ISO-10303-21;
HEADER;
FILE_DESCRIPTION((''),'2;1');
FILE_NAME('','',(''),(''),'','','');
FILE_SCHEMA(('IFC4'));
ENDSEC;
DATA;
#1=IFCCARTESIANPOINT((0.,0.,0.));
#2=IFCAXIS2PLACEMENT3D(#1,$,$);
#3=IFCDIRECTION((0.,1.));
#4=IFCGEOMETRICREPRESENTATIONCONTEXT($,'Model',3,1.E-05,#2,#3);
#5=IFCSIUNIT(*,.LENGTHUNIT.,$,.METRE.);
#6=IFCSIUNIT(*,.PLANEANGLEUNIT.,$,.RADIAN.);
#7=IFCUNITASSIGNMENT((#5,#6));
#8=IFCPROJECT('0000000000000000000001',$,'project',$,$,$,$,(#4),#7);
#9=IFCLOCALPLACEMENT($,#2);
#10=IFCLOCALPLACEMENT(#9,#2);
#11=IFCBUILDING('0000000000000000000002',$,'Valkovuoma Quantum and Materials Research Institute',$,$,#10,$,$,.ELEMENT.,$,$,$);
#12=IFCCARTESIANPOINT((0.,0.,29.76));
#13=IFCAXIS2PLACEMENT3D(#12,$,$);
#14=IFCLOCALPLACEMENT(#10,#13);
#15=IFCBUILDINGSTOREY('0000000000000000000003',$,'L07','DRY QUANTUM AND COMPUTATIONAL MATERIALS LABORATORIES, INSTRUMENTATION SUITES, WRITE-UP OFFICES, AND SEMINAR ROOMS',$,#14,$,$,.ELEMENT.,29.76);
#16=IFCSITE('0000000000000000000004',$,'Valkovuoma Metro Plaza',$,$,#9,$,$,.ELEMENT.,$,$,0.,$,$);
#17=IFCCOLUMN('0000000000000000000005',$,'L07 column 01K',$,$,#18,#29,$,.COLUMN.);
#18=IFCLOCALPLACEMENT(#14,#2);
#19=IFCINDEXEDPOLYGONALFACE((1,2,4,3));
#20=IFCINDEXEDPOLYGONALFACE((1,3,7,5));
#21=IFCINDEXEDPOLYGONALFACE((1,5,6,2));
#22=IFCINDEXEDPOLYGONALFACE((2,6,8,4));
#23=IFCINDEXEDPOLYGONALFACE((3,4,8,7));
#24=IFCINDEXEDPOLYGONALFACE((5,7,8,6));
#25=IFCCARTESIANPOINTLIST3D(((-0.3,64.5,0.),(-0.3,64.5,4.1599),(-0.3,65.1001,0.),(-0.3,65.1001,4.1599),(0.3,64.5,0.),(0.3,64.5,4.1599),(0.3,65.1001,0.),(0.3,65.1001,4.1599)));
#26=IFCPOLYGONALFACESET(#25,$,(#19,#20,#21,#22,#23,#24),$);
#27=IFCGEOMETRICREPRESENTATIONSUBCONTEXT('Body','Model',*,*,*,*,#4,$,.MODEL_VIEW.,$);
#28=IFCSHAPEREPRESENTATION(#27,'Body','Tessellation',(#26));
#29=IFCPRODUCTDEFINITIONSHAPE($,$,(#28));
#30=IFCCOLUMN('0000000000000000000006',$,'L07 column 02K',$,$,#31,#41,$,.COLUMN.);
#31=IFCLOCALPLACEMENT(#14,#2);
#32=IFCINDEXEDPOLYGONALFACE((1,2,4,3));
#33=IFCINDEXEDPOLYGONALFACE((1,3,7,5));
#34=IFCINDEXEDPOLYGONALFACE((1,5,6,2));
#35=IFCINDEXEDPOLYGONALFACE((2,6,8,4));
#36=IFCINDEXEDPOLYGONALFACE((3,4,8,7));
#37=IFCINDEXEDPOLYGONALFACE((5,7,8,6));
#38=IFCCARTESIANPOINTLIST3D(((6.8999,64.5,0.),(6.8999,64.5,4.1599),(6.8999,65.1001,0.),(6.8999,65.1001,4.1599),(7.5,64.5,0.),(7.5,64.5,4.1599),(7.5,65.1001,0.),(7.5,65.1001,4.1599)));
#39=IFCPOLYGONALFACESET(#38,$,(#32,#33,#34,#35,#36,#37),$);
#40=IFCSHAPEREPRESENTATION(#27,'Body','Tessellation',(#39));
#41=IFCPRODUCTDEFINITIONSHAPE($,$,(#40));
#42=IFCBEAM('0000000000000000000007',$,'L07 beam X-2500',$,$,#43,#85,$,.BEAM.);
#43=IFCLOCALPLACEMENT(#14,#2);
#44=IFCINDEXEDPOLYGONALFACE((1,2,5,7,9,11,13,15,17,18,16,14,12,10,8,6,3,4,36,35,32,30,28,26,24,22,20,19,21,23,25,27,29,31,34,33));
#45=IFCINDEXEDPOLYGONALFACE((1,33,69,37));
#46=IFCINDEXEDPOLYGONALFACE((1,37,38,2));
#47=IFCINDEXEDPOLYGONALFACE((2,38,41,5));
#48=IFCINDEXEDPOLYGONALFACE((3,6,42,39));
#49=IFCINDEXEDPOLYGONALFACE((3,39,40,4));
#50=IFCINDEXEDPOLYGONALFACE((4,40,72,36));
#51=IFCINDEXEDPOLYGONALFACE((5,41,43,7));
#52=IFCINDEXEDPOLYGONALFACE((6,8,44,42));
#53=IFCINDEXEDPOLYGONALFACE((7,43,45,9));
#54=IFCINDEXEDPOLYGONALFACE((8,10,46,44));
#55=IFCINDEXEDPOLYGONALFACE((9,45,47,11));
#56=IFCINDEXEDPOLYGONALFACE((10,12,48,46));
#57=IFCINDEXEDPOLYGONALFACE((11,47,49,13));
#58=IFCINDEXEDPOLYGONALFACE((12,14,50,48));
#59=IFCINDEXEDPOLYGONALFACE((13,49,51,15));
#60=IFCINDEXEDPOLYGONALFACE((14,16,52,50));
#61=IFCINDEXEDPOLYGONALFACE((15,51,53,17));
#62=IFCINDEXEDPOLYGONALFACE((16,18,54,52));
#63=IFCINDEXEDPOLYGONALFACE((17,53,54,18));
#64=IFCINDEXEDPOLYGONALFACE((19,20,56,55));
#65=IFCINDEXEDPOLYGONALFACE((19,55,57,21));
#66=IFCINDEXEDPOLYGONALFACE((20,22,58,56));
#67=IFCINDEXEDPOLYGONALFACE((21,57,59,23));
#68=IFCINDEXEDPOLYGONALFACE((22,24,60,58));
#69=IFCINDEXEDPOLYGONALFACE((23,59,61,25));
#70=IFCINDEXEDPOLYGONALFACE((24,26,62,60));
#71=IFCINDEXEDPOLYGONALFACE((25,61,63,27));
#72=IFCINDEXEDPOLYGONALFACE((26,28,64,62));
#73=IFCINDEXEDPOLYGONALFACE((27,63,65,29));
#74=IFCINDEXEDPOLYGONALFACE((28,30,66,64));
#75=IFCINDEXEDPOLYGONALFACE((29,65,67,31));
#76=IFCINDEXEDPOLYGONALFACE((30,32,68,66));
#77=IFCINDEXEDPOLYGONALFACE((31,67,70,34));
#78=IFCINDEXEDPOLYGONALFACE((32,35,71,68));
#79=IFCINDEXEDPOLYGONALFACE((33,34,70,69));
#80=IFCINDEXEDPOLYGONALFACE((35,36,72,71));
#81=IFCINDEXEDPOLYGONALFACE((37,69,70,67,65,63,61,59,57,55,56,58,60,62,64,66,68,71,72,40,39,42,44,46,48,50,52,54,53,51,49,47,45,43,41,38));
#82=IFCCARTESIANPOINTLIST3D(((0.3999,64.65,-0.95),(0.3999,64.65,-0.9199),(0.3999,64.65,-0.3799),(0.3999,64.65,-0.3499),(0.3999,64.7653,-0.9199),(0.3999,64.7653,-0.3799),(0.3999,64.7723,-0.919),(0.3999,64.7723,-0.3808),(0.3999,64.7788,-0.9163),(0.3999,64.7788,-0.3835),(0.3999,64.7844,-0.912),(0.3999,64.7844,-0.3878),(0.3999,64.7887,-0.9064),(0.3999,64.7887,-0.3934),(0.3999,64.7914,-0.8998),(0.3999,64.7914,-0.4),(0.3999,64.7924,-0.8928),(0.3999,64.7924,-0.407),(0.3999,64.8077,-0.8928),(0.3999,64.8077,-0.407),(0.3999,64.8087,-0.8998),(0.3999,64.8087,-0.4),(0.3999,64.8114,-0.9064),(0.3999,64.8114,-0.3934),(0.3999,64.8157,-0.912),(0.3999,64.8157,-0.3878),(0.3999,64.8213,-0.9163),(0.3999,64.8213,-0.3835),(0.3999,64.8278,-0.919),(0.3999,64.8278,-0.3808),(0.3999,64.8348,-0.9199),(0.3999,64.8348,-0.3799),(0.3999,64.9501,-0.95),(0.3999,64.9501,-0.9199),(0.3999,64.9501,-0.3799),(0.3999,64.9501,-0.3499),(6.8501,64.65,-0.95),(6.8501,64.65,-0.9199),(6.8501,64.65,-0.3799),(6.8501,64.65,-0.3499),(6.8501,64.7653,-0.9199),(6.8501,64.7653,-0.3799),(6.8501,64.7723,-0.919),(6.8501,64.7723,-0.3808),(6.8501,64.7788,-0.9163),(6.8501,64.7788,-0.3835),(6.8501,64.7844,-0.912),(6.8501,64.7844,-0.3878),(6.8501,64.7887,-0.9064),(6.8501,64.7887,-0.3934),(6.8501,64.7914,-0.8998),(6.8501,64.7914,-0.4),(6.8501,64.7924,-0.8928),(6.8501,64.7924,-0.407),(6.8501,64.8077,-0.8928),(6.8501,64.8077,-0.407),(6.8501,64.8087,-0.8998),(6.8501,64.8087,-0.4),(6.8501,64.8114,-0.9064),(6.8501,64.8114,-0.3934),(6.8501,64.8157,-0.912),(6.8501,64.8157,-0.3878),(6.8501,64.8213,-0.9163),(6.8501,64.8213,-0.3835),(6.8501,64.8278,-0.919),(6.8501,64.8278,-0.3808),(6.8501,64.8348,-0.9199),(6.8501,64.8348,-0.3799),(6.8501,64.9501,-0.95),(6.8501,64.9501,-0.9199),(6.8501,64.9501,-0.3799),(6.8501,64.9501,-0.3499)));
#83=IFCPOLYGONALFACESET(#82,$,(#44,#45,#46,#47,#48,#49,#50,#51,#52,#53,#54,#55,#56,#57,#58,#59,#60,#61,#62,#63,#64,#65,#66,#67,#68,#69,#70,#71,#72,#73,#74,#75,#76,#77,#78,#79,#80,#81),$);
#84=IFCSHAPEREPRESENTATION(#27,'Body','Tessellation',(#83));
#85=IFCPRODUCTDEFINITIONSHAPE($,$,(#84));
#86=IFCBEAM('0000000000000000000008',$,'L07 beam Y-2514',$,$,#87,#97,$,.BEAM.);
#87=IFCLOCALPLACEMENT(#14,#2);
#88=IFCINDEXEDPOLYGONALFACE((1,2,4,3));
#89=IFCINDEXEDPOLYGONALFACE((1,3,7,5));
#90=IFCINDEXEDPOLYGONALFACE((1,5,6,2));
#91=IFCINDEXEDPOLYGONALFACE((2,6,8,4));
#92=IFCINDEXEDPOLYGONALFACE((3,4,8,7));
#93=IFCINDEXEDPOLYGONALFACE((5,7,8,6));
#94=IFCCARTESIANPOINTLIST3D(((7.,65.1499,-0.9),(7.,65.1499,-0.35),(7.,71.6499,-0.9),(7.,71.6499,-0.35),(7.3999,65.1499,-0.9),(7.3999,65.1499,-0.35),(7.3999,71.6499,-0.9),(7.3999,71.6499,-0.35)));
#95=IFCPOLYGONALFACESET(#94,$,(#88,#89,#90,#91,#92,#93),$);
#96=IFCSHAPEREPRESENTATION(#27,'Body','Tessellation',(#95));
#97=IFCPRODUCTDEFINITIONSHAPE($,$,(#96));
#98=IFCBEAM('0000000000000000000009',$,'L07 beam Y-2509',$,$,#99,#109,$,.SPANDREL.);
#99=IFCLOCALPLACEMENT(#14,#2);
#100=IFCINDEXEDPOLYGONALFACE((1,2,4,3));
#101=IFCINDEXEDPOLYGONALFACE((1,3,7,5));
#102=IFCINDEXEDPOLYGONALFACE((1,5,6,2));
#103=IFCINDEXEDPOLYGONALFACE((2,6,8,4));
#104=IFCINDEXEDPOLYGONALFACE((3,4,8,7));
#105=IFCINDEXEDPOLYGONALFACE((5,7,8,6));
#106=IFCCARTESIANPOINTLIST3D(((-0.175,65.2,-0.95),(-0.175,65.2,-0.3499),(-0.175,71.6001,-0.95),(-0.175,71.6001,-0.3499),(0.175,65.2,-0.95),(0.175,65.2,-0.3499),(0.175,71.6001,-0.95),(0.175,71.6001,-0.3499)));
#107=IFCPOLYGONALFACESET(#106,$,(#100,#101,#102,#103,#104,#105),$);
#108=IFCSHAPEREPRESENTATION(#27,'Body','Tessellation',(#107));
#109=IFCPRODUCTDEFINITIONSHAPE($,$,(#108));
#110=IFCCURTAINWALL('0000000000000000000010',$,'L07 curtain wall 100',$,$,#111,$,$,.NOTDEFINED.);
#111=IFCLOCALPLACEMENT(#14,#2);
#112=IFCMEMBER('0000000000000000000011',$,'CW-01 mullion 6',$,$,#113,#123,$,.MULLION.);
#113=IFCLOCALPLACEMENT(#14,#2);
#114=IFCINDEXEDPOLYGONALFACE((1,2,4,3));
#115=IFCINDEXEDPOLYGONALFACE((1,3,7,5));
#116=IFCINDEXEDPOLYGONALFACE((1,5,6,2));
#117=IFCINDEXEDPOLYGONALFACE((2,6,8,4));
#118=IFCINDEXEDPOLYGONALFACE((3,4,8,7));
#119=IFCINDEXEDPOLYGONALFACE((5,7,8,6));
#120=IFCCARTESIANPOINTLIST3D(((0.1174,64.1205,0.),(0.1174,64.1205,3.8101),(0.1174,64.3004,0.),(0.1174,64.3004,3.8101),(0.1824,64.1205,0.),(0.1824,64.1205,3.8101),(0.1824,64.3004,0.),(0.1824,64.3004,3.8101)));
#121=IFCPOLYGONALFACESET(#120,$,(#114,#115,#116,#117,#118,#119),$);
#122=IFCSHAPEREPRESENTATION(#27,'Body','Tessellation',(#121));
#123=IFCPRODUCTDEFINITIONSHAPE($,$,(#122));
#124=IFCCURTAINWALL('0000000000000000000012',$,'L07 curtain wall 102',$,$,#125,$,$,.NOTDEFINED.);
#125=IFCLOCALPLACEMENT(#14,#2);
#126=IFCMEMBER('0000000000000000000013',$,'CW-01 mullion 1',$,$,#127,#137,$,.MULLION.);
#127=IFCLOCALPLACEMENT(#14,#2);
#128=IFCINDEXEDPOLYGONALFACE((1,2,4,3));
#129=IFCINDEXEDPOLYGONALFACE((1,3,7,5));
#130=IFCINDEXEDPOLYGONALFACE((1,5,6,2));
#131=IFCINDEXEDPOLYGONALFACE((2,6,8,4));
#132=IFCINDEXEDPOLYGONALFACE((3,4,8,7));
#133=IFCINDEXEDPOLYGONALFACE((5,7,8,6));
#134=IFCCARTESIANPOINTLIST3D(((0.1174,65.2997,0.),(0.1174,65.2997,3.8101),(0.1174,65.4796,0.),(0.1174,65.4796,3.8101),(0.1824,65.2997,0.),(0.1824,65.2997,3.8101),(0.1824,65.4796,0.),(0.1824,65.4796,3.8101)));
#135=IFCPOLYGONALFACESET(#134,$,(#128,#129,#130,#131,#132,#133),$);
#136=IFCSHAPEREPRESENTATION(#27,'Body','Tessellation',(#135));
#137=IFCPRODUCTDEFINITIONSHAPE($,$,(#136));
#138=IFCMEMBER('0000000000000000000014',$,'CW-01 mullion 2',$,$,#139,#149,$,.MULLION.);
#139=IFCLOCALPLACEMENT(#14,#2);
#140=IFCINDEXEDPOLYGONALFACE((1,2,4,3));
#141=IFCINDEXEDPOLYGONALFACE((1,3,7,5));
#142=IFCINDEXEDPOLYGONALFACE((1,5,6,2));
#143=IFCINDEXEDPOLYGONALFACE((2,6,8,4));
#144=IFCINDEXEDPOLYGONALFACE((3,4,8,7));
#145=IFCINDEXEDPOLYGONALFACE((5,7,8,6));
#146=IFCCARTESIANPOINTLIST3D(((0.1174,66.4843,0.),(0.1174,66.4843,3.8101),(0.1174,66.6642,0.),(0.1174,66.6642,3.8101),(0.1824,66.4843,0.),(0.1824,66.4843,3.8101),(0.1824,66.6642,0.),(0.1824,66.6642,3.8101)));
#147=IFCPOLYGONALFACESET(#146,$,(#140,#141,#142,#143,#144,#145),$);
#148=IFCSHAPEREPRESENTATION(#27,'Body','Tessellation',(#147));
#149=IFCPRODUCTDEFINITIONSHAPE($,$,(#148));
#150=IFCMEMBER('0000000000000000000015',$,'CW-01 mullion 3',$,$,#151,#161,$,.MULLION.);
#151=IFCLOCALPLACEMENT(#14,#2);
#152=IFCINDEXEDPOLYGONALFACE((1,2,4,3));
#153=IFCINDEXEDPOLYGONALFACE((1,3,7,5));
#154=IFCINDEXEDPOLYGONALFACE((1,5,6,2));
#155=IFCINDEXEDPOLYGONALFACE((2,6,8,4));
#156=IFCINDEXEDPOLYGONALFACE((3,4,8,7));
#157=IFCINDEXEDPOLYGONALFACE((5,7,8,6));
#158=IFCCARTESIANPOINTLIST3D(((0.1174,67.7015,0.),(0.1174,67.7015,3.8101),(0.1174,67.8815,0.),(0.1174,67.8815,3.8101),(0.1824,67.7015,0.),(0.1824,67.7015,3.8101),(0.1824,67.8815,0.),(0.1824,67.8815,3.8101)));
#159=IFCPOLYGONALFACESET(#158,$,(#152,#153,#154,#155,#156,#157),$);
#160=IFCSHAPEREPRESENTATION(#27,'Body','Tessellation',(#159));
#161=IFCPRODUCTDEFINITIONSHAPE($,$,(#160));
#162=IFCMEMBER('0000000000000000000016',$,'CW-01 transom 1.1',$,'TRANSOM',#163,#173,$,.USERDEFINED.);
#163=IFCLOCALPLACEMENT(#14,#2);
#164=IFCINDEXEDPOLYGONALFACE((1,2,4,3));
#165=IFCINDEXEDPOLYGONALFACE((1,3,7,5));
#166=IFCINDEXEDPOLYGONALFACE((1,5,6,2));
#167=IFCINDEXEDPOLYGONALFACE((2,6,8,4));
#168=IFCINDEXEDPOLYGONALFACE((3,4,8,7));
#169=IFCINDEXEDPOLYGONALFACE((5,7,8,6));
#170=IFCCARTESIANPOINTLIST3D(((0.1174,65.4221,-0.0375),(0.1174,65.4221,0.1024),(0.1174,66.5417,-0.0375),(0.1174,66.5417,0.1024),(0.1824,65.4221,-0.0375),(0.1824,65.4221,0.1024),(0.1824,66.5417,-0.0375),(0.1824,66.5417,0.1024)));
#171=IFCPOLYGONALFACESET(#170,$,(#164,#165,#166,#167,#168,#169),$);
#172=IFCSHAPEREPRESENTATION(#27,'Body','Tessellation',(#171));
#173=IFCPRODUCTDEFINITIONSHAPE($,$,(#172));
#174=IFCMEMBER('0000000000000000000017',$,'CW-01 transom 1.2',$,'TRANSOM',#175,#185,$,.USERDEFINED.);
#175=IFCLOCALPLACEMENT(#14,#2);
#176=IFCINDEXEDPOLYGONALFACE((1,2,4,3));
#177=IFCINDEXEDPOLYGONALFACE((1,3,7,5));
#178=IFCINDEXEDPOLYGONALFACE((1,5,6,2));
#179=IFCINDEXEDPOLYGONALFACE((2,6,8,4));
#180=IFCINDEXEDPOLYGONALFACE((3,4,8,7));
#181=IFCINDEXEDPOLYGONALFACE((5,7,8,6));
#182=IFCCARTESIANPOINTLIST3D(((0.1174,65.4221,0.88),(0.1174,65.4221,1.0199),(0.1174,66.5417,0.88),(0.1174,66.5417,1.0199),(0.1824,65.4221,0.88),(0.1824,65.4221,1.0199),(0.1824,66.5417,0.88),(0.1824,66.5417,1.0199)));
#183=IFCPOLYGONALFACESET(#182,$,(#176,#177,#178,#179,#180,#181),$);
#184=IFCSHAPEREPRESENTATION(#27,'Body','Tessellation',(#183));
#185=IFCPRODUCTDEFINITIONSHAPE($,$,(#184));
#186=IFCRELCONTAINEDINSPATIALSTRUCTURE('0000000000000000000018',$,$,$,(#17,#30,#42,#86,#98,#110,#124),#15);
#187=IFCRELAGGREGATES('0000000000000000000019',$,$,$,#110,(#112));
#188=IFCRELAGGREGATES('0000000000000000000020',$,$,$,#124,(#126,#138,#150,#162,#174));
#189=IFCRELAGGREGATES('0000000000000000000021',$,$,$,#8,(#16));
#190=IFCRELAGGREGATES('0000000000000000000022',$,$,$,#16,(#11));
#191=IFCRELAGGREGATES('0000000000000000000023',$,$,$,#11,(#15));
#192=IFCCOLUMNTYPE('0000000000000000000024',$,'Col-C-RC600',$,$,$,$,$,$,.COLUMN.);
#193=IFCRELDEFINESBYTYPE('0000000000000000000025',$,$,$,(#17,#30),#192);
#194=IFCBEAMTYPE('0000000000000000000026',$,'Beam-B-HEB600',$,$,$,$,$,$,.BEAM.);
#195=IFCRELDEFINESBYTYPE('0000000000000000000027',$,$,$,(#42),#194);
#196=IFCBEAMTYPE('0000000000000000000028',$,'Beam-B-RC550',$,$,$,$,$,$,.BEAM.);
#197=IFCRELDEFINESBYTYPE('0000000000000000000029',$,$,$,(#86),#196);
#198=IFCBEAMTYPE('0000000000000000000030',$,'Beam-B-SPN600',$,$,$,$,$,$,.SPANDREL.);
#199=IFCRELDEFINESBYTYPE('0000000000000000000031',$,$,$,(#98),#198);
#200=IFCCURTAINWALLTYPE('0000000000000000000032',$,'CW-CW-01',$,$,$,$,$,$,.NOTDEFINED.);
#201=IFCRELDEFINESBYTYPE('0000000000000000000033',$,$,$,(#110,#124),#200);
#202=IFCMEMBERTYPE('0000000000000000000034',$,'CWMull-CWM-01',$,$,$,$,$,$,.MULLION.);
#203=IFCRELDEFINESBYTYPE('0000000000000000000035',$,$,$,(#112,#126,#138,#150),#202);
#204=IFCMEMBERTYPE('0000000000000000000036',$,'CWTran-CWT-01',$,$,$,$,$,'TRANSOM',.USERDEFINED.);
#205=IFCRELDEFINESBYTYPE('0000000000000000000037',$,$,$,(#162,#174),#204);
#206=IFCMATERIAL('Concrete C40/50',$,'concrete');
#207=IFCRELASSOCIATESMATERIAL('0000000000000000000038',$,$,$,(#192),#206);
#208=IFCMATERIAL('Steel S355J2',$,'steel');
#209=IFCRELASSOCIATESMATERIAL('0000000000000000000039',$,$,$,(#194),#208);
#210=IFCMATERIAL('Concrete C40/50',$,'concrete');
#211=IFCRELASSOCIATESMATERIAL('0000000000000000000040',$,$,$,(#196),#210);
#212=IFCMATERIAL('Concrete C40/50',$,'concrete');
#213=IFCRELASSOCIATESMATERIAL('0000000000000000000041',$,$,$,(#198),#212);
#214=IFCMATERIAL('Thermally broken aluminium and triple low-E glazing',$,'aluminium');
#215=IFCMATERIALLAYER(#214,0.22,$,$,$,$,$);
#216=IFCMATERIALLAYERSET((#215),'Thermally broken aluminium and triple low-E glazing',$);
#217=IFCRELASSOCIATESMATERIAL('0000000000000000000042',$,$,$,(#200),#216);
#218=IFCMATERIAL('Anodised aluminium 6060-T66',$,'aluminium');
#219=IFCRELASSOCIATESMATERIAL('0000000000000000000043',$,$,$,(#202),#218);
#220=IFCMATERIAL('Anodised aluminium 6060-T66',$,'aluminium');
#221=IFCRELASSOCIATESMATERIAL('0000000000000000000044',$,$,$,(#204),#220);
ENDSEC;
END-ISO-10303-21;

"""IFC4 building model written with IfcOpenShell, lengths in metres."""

from ifc_helpers import new_model, si_unit, direction, frame, origin, origin_2d, place, context, subcontext, project, spatial, rectangle, i_section, extrude, material, layer, layer_set, material_profile, profile_set, type_object, element, aggregate, save


model = new_model("IFC4")

# Units and contexts
model_context = context("Model", 3, precision=1e-05, world=origin(), true_north=direction((0.0, 1.0)))
body_context = subcontext(model_context, "Body", "Model", "MODEL_VIEW")
ifc_project = project(units=[si_unit("LENGTHUNIT", "METRE"), si_unit("PLANEANGLEUNIT", "RADIAN")], contexts=[model_context])

# Site, building, storey
site_placement = place(None, origin())
site = spatial("IfcSite", under=ifc_project, at=site_placement, Name="Valkovuoma Metro Plaza", CompositionType="ELEMENT", RefElevation=0.0)
building_placement = place(site_placement, origin())
building = spatial("IfcBuilding", under=site, at=building_placement, Name="Valkovuoma Quantum and Materials Research Institute", CompositionType="ELEMENT")
storey_placement = place(building_placement, frame((0.0, 0.0, 29.76)))
storey = spatial("IfcBuildingStorey", under=building, at=storey_placement, Name="L07", Description="DRY QUANTUM AND COMPUTATIONAL MATERIALS LABORATORIES, INSTRUMENTATION SUITES, WRITE-UP OFFICES, AND SEMINAR ROOMS", CompositionType="ELEMENT", Elevation=29.76)

# Columns
ifc_material_1 = material(Name="Concrete C40/50", Category="concrete")
ifc_material_profile_1 = material_profile(ifc_material_1, rectangle(XDim=0.6001, YDim=0.6001, at=origin_2d()), Name="Concrete C40/50")
ifc_profile_set_1 = profile_set([ifc_material_profile_1], Name="Concrete C40/50")
column_type = type_object("IfcColumnType", Name="Col-C-RC600", PredefinedType="COLUMN", material=ifc_profile_set_1)
for number, where, z_axis, x_axis, name in (
    (1, (0.0, 64.8, 0.0), (0.0, 0.0, 1.0), (1.0, 0.0, 0.0), "L07 column 01K"),
    (2, (7.2, 64.8, 0.0), (0.0, 0.0, 1.0), (1.0, 0.0, 0.0), "L07 column 02K"),
):
    element("IfcColumn", number, at=place(storey_placement, frame(where, z_axis=z_axis, x_axis=x_axis)), inside=storey, type_object=column_type, Name=name, PredefinedType="COLUMN", context=body_context, shape_type="SweptSolid", body=[
        extrude(rectangle(XDim=0.6001, YDim=0.6001, at=origin_2d()), origin(), (0.0, 0.0, 1.0), 4.1599),
    ])

# Beams
ifc_material_2 = material(Name="Steel S355J2", Category="steel")
ifc_material_profile_2 = material_profile(ifc_material_2, i_section(OverallWidth=0.3, OverallDepth=0.6001, WebThickness=0.0154, FlangeThickness=0.03, FilletRadius=0.0271, at=origin_2d()), Name="Steel S355J2")
ifc_profile_set_2 = profile_set([ifc_material_profile_2], Name="Steel S355J2")
beam_type_1 = type_object("IfcBeamType", Name="Beam-B-HEB600", PredefinedType="BEAM", material=ifc_profile_set_2)
beam_1_placement = place(storey_placement, frame((0.3999, 64.8, -0.6499), z_axis=(1.0, 0.0, 0.0), x_axis=(0.0, 1.0, 0.0)))
element("IfcBeam", 3, at=beam_1_placement, inside=storey, type_object=beam_type_1, Name="L07 beam X-2500", PredefinedType="BEAM", context=body_context, shape_type="SweptSolid", body=[
    extrude(i_section(OverallWidth=0.3, OverallDepth=0.6001, WebThickness=0.0154, FlangeThickness=0.03, FilletRadius=0.0271, at=origin_2d()), origin(), (0.0, 0.0, 1.0), 6.4502),
])
ifc_material_3 = material(Name="Concrete C40/50", Category="concrete")
ifc_material_profile_3 = material_profile(ifc_material_3, rectangle(XDim=0.3999, YDim=0.55, at=origin_2d()), Name="Concrete C40/50")
ifc_profile_set_3 = profile_set([ifc_material_profile_3], Name="Concrete C40/50")
beam_type_2 = type_object("IfcBeamType", Name="Beam-B-RC550", PredefinedType="BEAM", material=ifc_profile_set_3)
beam_2_placement = place(storey_placement, frame((7.2, 65.1499, -0.625), z_axis=(0.0, 1.0, 0.0), x_axis=(-1.0, 0.0, 0.0)))
element("IfcBeam", 4, at=beam_2_placement, inside=storey, type_object=beam_type_2, Name="L07 beam Y-2514", PredefinedType="BEAM", context=body_context, shape_type="SweptSolid", body=[
    extrude(rectangle(XDim=0.3999, YDim=0.55, at=origin_2d()), origin(), (0.0, 0.0, 1.0), 6.5),
])
ifc_material_4 = material(Name="Concrete C40/50", Category="concrete")
ifc_material_profile_4 = material_profile(ifc_material_4, rectangle(XDim=0.3501, YDim=0.6001, at=origin_2d()), Name="Concrete C40/50")
ifc_profile_set_4 = profile_set([ifc_material_profile_4], Name="Concrete C40/50")
beam_type_3 = type_object("IfcBeamType", Name="Beam-B-SPN600", PredefinedType="SPANDREL", material=ifc_profile_set_4)
beam_3_placement = place(storey_placement, frame((0.0, 65.2, -0.6499), z_axis=(0.0, 1.0, 0.0), x_axis=(-1.0, 0.0, 0.0)))
element("IfcBeam", 5, at=beam_3_placement, inside=storey, type_object=beam_type_3, Name="L07 beam Y-2509", PredefinedType="SPANDREL", context=body_context, shape_type="SweptSolid", body=[
    extrude(rectangle(XDim=0.3501, YDim=0.6001, at=origin_2d()), origin(), (0.0, 0.0, 1.0), 6.4001),
])

# Curtain wall, member
ifc_material_5 = material(Name="Thermally broken aluminium and triple low-E glazing", Category="aluminium")
ifc_layer_1 = layer(ifc_material_5, 0.22)
ifc_layer_set_1 = layer_set([ifc_layer_1], Name="Thermally broken aluminium and triple low-E glazing")
curtain_wall_type = type_object("IfcCurtainWallType", Name="CW-CW-01", PredefinedType="NOTDEFINED", material=ifc_layer_set_1)
curtain_wall_1_placement = place(storey_placement, origin())
curtain_wall_1 = element("IfcCurtainWall", 6, at=curtain_wall_1_placement, inside=storey, type_object=curtain_wall_type, Name="L07 curtain wall 100", PredefinedType="NOTDEFINED")
ifc_material_6 = material(Name="Anodised aluminium 6060-T66", Category="aluminium")
ifc_material_profile_5 = material_profile(ifc_material_6, rectangle(XDim=0.0649, YDim=0.1799, at=origin_2d()), Name="Anodised aluminium 6060-T66")
ifc_profile_set_5 = profile_set([ifc_material_profile_5], Name="Anodised aluminium 6060-T66")
member_type_1 = type_object("IfcMemberType", Name="CWMull-CWM-01", PredefinedType="MULLION", material=ifc_profile_set_5)
member_1_placement = place(storey_placement, frame((0.1499, 64.2104, 0.0), z_axis=(0.0, 0.0, 1.0), x_axis=(-1.0, 0.0, 0.0)))
member_1 = element("IfcMember", 7, at=member_1_placement, type_object=member_type_1, Name="CW-01 mullion 6", PredefinedType="MULLION", context=body_context, shape_type="SweptSolid", body=[
    extrude(rectangle(XDim=0.0649, YDim=0.1799, at=origin_2d()), origin(), (0.0, 0.0, 1.0), 3.8101),
])

# Curtain wall, members
curtain_wall_2_placement = place(storey_placement, origin())
curtain_wall_2 = element("IfcCurtainWall", 8, at=curtain_wall_2_placement, inside=storey, type_object=curtain_wall_type, Name="L07 curtain wall 102", PredefinedType="NOTDEFINED")
member_2_placement = place(storey_placement, frame((0.1499, 65.3896, 0.0), z_axis=(0.0, 0.0, 1.0), x_axis=(-1.0, 0.0, 0.0)))
member_2 = element("IfcMember", 9, at=member_2_placement, type_object=member_type_1, Name="CW-01 mullion 1", PredefinedType="MULLION", context=body_context, shape_type="SweptSolid", body=[
    extrude(rectangle(XDim=0.0649, YDim=0.1799, at=origin_2d()), origin(), (0.0, 0.0, 1.0), 3.8101),
])
member_3_placement = place(storey_placement, frame((0.1499, 66.5742, 0.0), z_axis=(0.0, 0.0, 1.0), x_axis=(-1.0, 0.0, 0.0)))
member_3 = element("IfcMember", 10, at=member_3_placement, type_object=member_type_1, Name="CW-01 mullion 2", PredefinedType="MULLION", context=body_context, shape_type="SweptSolid", body=[
    extrude(rectangle(XDim=0.0649, YDim=0.1799, at=origin_2d()), origin(), (0.0, 0.0, 1.0), 3.8101),
])
member_4_placement = place(storey_placement, frame((0.1499, 67.7915, 0.0), z_axis=(0.0, 0.0, 1.0), x_axis=(-1.0, 0.0, 0.0)))
member_4 = element("IfcMember", 11, at=member_4_placement, type_object=member_type_1, Name="CW-01 mullion 3", PredefinedType="MULLION", context=body_context, shape_type="SweptSolid", body=[
    extrude(rectangle(XDim=0.0649, YDim=0.1799, at=origin_2d()), origin(), (0.0, 0.0, 1.0), 3.8101),
])
ifc_material_7 = material(Name="Anodised aluminium 6060-T66", Category="aluminium")
ifc_material_profile_6 = material_profile(ifc_material_7, rectangle(XDim=0.0649, YDim=0.1399, at=origin_2d()), Name="Anodised aluminium 6060-T66")
ifc_profile_set_6 = profile_set([ifc_material_profile_6], Name="Anodised aluminium 6060-T66")
member_type_2 = type_object("IfcMemberType", Name="CWTran-CWT-01", ElementType="TRANSOM", PredefinedType="USERDEFINED", material=ifc_profile_set_6)
member_5_placement = place(storey_placement, frame((0.1499, 65.4221, 0.0325), z_axis=(0.0, 1.0, 0.0), x_axis=(-1.0, 0.0, 0.0)))
member_5 = element("IfcMember", 12, at=member_5_placement, type_object=member_type_2, Name="CW-01 transom 1.1", ObjectType="TRANSOM", PredefinedType="USERDEFINED", context=body_context, shape_type="SweptSolid", body=[
    extrude(rectangle(XDim=0.0649, YDim=0.1399, at=origin_2d()), origin(), (0.0, 0.0, 1.0), 1.1196),
])
member_6_placement = place(storey_placement, frame((0.1499, 65.4221, 0.95), z_axis=(0.0, 1.0, 0.0), x_axis=(-1.0, 0.0, 0.0)))
member_6 = element("IfcMember", 13, at=member_6_placement, type_object=member_type_2, Name="CW-01 transom 1.2", ObjectType="TRANSOM", PredefinedType="USERDEFINED", context=body_context, shape_type="SweptSolid", body=[
    extrude(rectangle(XDim=0.0649, YDim=0.1399, at=origin_2d()), origin(), (0.0, 0.0, 1.0), 1.1196),
])

aggregate(curtain_wall_1, [member_1])
aggregate(curtain_wall_2, [member_2, member_3, member_4, member_5, member_6])

save(model, "model.ifc")
